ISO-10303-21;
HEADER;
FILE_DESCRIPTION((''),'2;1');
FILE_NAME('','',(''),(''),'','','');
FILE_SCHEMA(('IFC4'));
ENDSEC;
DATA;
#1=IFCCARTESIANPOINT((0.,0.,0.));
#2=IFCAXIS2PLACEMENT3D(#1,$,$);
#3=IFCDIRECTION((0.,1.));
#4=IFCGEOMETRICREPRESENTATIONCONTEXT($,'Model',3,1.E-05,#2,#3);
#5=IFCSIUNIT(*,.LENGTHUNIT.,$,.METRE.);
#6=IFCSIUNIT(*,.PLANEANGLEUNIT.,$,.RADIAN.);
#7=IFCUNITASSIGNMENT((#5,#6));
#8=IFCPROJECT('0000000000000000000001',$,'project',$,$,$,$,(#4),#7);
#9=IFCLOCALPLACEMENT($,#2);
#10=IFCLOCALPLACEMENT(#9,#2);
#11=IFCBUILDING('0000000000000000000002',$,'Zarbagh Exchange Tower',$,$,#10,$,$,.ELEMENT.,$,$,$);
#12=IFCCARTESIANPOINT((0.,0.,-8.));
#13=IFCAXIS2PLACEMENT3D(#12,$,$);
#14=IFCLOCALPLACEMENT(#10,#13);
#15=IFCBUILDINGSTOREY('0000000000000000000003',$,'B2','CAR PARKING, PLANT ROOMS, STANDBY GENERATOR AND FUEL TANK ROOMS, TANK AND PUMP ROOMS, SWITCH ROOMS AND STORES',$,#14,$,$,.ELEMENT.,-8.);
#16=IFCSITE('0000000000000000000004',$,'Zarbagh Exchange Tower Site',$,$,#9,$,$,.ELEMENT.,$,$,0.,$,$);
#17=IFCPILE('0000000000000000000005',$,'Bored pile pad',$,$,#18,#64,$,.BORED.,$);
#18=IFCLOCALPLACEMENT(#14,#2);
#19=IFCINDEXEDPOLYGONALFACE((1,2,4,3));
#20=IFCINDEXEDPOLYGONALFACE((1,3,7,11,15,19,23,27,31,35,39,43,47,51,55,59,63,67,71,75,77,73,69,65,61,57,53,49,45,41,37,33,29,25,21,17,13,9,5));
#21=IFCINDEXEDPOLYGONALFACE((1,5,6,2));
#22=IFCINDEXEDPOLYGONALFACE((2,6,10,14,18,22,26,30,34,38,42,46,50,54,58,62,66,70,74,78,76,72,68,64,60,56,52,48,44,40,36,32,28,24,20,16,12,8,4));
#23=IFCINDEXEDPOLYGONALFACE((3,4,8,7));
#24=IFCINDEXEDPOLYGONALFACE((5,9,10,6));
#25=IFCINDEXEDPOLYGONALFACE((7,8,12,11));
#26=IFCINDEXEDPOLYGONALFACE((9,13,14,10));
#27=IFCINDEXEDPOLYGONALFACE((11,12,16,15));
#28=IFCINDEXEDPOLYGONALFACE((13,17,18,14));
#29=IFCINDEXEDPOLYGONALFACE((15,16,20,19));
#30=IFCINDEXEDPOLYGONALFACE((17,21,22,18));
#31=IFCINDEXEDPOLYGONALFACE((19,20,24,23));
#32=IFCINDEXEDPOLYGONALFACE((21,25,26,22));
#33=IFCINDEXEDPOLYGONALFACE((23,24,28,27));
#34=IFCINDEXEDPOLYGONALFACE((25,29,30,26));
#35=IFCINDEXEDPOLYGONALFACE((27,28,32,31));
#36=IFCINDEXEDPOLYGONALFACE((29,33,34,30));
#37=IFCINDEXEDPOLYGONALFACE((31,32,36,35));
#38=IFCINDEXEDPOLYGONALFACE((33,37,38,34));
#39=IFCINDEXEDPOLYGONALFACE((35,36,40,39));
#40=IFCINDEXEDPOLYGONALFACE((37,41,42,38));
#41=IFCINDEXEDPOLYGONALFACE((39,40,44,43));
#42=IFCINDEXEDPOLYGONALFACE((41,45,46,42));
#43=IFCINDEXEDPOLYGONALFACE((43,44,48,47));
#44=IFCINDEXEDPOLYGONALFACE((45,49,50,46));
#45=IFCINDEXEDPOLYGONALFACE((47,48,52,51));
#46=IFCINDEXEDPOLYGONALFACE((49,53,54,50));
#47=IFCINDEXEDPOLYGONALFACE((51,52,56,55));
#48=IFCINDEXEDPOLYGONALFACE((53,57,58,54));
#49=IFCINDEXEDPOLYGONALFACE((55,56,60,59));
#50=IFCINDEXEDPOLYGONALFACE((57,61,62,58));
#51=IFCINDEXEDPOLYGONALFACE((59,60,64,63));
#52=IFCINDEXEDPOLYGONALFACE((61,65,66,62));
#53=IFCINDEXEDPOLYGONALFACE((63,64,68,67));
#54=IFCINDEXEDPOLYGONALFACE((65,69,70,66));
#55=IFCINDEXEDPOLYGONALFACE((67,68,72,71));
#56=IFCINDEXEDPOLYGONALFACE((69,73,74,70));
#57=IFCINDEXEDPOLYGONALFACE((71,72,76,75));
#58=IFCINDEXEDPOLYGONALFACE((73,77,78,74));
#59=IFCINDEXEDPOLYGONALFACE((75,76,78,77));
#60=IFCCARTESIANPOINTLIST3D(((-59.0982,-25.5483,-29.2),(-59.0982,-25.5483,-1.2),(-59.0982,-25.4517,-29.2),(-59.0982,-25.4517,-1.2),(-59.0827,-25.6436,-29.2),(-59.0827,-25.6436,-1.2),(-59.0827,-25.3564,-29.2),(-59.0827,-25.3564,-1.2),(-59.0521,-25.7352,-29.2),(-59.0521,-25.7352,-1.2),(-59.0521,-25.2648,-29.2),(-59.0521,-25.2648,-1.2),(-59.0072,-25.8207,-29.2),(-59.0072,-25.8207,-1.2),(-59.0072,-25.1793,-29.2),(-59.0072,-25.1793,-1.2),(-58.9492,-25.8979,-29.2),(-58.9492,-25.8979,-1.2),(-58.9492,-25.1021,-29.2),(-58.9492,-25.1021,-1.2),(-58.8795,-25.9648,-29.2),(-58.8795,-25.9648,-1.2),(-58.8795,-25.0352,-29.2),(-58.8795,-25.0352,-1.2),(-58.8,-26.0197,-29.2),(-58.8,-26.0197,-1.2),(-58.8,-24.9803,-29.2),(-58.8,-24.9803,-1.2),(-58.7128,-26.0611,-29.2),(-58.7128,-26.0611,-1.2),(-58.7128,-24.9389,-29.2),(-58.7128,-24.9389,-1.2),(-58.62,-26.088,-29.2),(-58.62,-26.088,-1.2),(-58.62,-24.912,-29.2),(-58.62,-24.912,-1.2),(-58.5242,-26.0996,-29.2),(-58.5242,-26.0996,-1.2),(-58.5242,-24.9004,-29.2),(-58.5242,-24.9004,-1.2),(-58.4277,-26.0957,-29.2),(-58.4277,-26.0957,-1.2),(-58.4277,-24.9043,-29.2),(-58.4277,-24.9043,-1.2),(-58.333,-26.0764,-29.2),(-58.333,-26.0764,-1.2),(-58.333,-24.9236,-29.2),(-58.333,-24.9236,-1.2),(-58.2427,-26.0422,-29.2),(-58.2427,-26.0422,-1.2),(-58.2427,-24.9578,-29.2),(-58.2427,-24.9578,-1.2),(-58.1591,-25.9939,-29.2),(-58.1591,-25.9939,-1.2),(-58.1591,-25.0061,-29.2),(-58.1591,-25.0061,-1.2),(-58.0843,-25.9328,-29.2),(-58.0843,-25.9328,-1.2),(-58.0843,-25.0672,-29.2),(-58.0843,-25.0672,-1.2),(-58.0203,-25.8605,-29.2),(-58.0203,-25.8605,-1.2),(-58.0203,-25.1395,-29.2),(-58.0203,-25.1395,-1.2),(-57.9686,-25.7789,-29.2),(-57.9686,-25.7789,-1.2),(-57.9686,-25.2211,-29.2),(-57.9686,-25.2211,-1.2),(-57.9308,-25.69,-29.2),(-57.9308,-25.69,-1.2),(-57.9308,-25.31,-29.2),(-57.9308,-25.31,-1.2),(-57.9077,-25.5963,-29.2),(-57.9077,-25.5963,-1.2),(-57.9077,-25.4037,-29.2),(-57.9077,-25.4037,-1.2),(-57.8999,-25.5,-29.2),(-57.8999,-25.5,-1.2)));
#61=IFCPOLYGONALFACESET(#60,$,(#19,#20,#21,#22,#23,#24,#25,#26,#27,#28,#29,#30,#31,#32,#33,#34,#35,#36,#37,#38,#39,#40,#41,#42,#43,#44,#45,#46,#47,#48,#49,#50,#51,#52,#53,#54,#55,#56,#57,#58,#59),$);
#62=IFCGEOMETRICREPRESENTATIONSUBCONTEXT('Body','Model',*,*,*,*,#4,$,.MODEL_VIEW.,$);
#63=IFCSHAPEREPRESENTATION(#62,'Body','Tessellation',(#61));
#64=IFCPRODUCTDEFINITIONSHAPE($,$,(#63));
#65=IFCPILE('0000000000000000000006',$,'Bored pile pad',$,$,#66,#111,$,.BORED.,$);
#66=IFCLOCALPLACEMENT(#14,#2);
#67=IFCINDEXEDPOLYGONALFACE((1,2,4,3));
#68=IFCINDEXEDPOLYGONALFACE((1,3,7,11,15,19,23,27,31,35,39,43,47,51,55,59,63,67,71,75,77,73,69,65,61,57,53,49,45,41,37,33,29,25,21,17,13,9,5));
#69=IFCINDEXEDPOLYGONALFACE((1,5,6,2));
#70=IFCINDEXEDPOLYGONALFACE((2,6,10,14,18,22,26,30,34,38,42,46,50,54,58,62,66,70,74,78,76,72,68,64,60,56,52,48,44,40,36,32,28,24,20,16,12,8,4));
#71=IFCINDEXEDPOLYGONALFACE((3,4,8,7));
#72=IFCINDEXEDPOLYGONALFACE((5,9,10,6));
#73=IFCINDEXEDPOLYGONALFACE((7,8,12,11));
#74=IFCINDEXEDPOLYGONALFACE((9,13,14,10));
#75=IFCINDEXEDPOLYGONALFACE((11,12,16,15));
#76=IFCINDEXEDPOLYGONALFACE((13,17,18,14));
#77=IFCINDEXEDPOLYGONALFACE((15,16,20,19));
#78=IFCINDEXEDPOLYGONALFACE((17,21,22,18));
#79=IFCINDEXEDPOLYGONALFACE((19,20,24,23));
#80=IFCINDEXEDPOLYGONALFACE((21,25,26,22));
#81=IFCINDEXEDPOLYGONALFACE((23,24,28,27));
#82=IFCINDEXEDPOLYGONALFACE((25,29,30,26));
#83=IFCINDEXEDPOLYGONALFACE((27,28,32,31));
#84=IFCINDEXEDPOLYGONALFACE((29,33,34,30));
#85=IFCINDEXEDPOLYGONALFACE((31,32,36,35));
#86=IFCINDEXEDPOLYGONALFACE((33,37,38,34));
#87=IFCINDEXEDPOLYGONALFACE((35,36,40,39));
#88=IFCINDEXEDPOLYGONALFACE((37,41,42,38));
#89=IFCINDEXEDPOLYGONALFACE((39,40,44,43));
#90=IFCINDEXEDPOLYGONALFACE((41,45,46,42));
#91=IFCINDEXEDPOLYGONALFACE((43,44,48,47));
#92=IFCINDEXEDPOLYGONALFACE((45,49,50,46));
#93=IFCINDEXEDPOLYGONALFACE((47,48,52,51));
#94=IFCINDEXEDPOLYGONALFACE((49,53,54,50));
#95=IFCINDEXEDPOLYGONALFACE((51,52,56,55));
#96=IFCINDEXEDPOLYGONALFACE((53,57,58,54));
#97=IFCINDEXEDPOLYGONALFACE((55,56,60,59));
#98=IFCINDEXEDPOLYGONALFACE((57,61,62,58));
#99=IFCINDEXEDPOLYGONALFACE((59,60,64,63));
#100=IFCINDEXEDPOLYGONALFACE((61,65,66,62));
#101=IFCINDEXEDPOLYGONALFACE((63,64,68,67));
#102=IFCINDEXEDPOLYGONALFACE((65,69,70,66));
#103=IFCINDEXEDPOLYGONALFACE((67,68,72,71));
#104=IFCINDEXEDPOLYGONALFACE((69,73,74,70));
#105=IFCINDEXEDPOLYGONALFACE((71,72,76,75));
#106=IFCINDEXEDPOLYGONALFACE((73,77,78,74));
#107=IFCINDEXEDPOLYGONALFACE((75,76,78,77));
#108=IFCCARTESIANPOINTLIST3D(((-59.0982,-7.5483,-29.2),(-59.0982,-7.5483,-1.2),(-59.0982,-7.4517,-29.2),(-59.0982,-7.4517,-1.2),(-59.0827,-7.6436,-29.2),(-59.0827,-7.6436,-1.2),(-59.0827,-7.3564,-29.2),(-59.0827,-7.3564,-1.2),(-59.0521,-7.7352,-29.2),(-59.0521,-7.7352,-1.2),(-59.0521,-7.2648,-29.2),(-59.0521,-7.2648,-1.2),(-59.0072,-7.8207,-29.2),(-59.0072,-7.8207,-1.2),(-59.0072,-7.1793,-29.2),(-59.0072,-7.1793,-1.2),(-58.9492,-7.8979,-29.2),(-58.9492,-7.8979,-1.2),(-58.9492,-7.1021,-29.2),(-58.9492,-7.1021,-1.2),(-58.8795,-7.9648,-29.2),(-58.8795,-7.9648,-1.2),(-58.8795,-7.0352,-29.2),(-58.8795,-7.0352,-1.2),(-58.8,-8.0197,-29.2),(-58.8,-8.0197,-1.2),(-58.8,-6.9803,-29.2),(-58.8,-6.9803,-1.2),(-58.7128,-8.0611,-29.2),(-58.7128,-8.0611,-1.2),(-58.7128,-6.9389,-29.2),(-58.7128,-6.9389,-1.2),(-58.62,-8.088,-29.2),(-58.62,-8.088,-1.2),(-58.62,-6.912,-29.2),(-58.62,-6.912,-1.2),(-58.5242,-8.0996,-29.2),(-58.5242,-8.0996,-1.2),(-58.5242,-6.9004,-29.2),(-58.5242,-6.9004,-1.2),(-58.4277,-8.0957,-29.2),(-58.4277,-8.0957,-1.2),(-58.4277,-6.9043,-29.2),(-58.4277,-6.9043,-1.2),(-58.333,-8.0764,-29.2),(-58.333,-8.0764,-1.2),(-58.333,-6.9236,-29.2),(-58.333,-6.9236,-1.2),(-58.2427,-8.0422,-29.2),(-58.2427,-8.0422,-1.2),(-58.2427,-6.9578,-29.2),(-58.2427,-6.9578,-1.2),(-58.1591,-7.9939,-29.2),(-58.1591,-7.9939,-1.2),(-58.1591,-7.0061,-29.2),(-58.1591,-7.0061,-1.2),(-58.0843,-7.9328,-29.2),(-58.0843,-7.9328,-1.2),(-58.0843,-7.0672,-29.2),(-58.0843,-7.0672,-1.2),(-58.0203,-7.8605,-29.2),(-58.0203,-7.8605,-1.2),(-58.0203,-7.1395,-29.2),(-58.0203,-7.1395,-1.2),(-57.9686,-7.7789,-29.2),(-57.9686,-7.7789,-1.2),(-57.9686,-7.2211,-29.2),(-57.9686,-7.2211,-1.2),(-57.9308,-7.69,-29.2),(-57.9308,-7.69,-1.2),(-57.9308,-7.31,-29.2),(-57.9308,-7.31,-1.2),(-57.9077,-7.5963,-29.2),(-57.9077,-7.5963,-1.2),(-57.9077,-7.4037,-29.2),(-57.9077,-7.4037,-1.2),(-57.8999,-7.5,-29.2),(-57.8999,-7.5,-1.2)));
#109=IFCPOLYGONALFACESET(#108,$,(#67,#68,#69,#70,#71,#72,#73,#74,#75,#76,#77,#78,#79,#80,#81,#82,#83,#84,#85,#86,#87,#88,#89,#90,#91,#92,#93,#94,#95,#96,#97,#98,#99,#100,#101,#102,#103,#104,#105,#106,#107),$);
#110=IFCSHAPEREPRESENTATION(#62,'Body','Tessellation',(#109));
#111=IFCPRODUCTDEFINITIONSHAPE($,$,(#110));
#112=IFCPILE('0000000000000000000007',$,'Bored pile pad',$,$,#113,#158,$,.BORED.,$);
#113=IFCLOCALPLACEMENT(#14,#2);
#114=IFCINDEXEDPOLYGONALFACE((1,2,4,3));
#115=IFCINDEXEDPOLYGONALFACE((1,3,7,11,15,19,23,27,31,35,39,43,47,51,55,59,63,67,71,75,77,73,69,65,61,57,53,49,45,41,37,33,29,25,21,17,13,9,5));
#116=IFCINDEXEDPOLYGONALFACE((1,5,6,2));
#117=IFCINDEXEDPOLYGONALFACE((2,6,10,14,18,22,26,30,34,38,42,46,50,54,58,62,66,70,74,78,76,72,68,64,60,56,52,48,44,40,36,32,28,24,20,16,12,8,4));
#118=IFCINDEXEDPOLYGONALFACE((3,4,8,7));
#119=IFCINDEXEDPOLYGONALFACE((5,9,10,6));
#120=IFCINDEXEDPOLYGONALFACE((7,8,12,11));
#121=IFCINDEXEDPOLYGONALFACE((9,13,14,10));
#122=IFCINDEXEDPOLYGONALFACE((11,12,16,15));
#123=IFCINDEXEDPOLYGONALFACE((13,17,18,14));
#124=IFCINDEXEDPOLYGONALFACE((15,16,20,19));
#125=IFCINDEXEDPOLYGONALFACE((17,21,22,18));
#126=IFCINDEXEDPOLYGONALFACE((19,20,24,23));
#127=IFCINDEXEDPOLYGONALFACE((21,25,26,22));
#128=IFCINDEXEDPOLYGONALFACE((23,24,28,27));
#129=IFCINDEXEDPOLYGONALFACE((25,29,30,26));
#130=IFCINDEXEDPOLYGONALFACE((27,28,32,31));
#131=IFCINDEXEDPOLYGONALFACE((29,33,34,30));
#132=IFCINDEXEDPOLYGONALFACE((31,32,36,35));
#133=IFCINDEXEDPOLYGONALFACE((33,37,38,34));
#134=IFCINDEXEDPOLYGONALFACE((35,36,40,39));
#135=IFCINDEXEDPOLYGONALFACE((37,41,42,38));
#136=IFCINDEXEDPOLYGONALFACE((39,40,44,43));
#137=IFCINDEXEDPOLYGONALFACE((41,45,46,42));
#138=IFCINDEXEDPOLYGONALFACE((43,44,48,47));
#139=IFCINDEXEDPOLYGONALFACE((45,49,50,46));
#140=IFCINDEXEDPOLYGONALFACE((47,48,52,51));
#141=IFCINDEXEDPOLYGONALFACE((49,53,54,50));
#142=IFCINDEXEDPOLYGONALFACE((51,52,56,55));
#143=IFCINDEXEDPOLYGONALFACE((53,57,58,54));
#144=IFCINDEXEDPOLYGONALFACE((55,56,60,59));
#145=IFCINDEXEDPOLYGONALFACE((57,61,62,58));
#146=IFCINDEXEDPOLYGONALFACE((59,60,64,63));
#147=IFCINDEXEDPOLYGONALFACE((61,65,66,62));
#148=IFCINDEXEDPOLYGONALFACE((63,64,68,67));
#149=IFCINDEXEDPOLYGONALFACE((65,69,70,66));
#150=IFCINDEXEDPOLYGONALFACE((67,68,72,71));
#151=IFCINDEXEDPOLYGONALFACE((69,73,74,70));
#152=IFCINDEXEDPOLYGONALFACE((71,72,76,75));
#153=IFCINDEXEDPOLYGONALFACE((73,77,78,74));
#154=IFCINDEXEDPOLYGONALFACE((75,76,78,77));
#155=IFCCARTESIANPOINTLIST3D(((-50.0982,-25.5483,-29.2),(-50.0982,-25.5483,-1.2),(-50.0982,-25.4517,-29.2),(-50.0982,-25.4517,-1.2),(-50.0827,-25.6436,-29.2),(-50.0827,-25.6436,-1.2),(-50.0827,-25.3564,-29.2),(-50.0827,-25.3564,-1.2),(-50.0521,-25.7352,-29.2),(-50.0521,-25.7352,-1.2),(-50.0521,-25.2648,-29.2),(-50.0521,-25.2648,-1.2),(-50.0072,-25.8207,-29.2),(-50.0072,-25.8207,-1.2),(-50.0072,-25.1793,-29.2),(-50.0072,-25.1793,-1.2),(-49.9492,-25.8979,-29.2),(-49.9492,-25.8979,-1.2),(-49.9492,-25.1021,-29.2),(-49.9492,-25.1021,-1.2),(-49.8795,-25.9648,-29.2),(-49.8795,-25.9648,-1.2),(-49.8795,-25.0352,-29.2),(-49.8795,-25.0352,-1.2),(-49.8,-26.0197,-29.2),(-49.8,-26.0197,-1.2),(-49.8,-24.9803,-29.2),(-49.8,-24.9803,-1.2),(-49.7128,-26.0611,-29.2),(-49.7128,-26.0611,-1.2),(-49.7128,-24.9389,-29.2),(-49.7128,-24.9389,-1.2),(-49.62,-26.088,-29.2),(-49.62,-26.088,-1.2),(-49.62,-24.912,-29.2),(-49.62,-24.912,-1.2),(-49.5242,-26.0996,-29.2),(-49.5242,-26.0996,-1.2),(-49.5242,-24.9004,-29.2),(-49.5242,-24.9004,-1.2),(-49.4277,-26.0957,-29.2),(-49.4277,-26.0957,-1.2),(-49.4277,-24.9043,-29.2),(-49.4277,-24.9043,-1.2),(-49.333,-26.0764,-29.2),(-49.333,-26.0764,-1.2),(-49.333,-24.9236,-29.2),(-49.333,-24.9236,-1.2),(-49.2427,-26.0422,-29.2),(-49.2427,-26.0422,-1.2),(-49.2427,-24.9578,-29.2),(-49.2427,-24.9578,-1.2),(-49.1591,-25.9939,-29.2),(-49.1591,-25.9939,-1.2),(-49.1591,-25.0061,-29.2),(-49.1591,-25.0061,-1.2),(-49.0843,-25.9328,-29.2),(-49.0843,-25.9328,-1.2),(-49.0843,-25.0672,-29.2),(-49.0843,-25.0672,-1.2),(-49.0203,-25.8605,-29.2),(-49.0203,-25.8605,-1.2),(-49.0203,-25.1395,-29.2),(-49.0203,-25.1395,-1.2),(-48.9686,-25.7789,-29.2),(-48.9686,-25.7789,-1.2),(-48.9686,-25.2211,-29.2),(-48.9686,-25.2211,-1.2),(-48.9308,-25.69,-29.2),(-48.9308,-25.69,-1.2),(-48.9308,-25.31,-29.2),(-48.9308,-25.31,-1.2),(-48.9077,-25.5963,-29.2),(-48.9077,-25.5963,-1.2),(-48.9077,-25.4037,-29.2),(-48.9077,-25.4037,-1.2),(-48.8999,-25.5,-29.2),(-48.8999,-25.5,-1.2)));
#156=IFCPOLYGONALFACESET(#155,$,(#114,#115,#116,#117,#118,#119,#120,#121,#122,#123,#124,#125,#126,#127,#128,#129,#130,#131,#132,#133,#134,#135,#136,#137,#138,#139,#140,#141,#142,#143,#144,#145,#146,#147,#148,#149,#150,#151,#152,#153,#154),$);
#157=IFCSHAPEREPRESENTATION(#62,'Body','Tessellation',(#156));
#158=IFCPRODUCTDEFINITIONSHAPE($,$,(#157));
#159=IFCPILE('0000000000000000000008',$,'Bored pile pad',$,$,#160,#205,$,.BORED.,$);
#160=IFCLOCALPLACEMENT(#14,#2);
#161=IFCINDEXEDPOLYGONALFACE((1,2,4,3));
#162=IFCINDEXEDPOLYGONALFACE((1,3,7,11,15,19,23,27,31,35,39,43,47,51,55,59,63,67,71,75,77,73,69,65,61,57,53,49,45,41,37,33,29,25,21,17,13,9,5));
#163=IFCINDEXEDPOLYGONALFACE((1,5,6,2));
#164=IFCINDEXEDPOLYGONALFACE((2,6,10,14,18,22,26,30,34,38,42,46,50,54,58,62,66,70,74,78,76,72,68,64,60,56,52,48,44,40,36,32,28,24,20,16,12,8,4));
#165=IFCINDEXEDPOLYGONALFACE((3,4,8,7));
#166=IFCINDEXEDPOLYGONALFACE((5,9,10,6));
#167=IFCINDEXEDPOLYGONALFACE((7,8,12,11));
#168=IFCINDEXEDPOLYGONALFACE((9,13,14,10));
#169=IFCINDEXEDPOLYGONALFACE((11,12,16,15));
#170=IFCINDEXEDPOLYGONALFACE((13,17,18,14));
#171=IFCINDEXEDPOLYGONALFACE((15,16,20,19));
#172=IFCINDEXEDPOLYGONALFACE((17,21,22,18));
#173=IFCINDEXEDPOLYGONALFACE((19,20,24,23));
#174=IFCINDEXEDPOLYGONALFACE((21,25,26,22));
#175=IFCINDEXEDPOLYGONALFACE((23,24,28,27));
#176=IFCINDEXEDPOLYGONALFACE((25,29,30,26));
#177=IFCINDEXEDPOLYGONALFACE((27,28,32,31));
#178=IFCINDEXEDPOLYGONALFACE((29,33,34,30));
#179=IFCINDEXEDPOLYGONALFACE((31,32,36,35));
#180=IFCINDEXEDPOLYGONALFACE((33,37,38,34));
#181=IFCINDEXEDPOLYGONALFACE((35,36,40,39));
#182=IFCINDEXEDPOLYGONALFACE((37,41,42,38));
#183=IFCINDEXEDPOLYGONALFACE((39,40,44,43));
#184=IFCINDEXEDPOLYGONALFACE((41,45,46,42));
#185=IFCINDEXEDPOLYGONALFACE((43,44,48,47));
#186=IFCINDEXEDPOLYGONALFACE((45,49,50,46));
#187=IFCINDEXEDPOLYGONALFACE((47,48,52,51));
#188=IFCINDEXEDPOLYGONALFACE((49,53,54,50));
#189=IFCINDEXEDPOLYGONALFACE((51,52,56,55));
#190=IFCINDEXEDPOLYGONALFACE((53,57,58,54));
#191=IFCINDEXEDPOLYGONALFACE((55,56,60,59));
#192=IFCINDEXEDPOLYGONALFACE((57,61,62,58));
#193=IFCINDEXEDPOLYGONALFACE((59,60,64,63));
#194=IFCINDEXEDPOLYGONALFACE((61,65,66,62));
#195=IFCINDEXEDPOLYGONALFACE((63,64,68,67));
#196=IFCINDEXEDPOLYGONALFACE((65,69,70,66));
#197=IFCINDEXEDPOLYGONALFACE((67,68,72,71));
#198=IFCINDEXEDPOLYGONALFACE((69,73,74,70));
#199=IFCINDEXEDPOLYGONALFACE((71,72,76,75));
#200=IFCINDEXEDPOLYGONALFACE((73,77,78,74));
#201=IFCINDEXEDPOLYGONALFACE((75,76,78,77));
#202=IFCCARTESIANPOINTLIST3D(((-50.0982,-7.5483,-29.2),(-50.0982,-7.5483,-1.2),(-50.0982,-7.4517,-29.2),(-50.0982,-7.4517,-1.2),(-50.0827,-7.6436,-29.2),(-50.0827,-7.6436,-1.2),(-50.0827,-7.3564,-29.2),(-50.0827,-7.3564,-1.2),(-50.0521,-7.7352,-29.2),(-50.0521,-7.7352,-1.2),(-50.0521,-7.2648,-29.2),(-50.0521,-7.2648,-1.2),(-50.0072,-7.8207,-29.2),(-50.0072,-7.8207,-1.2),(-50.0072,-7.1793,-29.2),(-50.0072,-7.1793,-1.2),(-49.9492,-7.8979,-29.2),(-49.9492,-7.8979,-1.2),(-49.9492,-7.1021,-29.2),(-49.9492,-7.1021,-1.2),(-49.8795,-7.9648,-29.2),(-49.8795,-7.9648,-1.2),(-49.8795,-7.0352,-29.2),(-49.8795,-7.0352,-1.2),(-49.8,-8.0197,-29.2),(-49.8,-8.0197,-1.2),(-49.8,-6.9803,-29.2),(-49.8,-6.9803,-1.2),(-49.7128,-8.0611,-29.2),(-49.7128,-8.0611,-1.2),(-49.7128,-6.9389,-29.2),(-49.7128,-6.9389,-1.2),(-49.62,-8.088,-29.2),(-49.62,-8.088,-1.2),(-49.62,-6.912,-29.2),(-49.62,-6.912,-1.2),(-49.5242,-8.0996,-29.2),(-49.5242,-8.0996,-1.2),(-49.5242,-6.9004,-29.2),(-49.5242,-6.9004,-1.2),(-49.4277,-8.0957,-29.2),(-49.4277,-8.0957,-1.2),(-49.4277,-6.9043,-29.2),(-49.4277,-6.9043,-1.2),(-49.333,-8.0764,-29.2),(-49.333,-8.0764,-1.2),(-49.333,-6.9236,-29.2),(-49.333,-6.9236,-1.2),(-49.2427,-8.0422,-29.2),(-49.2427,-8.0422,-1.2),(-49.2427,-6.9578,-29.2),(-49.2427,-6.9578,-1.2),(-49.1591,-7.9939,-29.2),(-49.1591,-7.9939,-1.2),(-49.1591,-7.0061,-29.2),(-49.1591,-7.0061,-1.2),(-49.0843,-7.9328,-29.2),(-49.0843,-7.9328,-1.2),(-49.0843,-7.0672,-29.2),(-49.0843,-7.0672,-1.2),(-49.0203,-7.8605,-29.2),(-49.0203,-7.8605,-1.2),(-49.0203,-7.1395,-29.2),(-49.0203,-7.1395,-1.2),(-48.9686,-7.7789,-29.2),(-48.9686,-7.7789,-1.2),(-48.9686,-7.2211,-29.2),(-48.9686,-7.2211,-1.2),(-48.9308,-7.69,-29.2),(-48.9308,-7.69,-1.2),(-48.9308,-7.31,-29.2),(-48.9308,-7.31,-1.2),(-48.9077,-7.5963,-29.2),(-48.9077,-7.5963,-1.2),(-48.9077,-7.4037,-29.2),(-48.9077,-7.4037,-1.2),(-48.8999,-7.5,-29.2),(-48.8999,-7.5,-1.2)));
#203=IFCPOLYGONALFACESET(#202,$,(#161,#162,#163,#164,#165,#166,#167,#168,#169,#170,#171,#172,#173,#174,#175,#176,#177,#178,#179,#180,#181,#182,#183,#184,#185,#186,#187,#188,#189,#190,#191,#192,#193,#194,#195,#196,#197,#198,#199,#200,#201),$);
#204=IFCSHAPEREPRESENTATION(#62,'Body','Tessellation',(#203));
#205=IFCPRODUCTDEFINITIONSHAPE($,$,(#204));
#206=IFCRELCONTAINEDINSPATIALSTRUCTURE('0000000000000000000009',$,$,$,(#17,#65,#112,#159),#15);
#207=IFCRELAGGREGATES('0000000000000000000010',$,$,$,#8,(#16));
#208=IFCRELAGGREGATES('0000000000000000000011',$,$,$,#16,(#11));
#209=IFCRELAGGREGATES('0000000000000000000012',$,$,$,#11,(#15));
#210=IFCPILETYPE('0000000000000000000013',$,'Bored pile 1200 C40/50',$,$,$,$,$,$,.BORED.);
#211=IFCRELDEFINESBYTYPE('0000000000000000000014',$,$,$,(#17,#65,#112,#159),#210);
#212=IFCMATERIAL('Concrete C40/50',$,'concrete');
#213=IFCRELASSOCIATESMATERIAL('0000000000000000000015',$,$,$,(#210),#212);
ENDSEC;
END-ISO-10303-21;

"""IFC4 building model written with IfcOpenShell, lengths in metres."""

from ifc_helpers import new_model, si_unit, direction, frame, origin, origin_2d, place, context, subcontext, project, spatial, circle, extrude, material, material_profile, profile_set, type_object, element, save


model = new_model("IFC4")

# Units and contexts
model_context = context("Model", 3, precision=1e-05, world=origin(), true_north=direction((0.0, 1.0)))
body_context = subcontext(model_context, "Body", "Model", "MODEL_VIEW")
ifc_project = project(units=[si_unit("LENGTHUNIT", "METRE"), si_unit("PLANEANGLEUNIT", "RADIAN")], contexts=[model_context])

# Site, building, storey
site_placement = place(None, origin())
site = spatial("IfcSite", under=ifc_project, at=site_placement, Name="Zarbagh Exchange Tower Site", CompositionType="ELEMENT", RefElevation=0.0)
building_placement = place(site_placement, origin())
building = spatial("IfcBuilding", under=site, at=building_placement, Name="Zarbagh Exchange Tower", CompositionType="ELEMENT")
storey_placement = place(building_placement, frame((0.0, 0.0, -8.0)))
storey = spatial("IfcBuildingStorey", under=building, at=storey_placement, Name="B2", Description="CAR PARKING, PLANT ROOMS, STANDBY GENERATOR AND FUEL TANK ROOMS, TANK AND PUMP ROOMS, SWITCH ROOMS AND STORES", CompositionType="ELEMENT", Elevation=-8.0)

# Piles
ifc_material_1 = material(Name="Concrete C40/50", Category="concrete")
ifc_material_profile_1 = material_profile(ifc_material_1, circle(Radius=0.6001, at=origin_2d()), Name="Bored pile 1200 C40/50")
ifc_profile_set_1 = profile_set([ifc_material_profile_1], Name="Concrete C40/50")
pile_type = type_object("IfcPileType", Name="Bored pile 1200 C40/50", PredefinedType="BORED", material=ifc_profile_set_1)
for number, where, z_axis, x_axis, name in (
    (1, (-58.5, -25.5, -1.2), (0.0, 0.0, -1.0), (1.0, 0.0, 0.0), "Bored pile pad"),
    (2, (-58.5, -7.5, -1.2), (0.0, 0.0, -1.0), (1.0, 0.0, 0.0), "Bored pile pad"),
    (3, (-49.5, -25.5, -1.2), (0.0, 0.0, -1.0), (1.0, 0.0, 0.0), "Bored pile pad"),
    (4, (-49.5, -7.5, -1.2), (0.0, 0.0, -1.0), (1.0, 0.0, 0.0), "Bored pile pad"),
):
    element("IfcPile", number, at=place(storey_placement, frame(where, z_axis=z_axis, x_axis=x_axis)), inside=storey, type_object=pile_type, Name=name, PredefinedType="BORED", context=body_context, shape_type="SweptSolid", body=[
        extrude(circle(Radius=0.6001, at=origin_2d()), origin(), (0.0, 0.0, 1.0), 28.0),
    ])

save(model, "model.ifc")
